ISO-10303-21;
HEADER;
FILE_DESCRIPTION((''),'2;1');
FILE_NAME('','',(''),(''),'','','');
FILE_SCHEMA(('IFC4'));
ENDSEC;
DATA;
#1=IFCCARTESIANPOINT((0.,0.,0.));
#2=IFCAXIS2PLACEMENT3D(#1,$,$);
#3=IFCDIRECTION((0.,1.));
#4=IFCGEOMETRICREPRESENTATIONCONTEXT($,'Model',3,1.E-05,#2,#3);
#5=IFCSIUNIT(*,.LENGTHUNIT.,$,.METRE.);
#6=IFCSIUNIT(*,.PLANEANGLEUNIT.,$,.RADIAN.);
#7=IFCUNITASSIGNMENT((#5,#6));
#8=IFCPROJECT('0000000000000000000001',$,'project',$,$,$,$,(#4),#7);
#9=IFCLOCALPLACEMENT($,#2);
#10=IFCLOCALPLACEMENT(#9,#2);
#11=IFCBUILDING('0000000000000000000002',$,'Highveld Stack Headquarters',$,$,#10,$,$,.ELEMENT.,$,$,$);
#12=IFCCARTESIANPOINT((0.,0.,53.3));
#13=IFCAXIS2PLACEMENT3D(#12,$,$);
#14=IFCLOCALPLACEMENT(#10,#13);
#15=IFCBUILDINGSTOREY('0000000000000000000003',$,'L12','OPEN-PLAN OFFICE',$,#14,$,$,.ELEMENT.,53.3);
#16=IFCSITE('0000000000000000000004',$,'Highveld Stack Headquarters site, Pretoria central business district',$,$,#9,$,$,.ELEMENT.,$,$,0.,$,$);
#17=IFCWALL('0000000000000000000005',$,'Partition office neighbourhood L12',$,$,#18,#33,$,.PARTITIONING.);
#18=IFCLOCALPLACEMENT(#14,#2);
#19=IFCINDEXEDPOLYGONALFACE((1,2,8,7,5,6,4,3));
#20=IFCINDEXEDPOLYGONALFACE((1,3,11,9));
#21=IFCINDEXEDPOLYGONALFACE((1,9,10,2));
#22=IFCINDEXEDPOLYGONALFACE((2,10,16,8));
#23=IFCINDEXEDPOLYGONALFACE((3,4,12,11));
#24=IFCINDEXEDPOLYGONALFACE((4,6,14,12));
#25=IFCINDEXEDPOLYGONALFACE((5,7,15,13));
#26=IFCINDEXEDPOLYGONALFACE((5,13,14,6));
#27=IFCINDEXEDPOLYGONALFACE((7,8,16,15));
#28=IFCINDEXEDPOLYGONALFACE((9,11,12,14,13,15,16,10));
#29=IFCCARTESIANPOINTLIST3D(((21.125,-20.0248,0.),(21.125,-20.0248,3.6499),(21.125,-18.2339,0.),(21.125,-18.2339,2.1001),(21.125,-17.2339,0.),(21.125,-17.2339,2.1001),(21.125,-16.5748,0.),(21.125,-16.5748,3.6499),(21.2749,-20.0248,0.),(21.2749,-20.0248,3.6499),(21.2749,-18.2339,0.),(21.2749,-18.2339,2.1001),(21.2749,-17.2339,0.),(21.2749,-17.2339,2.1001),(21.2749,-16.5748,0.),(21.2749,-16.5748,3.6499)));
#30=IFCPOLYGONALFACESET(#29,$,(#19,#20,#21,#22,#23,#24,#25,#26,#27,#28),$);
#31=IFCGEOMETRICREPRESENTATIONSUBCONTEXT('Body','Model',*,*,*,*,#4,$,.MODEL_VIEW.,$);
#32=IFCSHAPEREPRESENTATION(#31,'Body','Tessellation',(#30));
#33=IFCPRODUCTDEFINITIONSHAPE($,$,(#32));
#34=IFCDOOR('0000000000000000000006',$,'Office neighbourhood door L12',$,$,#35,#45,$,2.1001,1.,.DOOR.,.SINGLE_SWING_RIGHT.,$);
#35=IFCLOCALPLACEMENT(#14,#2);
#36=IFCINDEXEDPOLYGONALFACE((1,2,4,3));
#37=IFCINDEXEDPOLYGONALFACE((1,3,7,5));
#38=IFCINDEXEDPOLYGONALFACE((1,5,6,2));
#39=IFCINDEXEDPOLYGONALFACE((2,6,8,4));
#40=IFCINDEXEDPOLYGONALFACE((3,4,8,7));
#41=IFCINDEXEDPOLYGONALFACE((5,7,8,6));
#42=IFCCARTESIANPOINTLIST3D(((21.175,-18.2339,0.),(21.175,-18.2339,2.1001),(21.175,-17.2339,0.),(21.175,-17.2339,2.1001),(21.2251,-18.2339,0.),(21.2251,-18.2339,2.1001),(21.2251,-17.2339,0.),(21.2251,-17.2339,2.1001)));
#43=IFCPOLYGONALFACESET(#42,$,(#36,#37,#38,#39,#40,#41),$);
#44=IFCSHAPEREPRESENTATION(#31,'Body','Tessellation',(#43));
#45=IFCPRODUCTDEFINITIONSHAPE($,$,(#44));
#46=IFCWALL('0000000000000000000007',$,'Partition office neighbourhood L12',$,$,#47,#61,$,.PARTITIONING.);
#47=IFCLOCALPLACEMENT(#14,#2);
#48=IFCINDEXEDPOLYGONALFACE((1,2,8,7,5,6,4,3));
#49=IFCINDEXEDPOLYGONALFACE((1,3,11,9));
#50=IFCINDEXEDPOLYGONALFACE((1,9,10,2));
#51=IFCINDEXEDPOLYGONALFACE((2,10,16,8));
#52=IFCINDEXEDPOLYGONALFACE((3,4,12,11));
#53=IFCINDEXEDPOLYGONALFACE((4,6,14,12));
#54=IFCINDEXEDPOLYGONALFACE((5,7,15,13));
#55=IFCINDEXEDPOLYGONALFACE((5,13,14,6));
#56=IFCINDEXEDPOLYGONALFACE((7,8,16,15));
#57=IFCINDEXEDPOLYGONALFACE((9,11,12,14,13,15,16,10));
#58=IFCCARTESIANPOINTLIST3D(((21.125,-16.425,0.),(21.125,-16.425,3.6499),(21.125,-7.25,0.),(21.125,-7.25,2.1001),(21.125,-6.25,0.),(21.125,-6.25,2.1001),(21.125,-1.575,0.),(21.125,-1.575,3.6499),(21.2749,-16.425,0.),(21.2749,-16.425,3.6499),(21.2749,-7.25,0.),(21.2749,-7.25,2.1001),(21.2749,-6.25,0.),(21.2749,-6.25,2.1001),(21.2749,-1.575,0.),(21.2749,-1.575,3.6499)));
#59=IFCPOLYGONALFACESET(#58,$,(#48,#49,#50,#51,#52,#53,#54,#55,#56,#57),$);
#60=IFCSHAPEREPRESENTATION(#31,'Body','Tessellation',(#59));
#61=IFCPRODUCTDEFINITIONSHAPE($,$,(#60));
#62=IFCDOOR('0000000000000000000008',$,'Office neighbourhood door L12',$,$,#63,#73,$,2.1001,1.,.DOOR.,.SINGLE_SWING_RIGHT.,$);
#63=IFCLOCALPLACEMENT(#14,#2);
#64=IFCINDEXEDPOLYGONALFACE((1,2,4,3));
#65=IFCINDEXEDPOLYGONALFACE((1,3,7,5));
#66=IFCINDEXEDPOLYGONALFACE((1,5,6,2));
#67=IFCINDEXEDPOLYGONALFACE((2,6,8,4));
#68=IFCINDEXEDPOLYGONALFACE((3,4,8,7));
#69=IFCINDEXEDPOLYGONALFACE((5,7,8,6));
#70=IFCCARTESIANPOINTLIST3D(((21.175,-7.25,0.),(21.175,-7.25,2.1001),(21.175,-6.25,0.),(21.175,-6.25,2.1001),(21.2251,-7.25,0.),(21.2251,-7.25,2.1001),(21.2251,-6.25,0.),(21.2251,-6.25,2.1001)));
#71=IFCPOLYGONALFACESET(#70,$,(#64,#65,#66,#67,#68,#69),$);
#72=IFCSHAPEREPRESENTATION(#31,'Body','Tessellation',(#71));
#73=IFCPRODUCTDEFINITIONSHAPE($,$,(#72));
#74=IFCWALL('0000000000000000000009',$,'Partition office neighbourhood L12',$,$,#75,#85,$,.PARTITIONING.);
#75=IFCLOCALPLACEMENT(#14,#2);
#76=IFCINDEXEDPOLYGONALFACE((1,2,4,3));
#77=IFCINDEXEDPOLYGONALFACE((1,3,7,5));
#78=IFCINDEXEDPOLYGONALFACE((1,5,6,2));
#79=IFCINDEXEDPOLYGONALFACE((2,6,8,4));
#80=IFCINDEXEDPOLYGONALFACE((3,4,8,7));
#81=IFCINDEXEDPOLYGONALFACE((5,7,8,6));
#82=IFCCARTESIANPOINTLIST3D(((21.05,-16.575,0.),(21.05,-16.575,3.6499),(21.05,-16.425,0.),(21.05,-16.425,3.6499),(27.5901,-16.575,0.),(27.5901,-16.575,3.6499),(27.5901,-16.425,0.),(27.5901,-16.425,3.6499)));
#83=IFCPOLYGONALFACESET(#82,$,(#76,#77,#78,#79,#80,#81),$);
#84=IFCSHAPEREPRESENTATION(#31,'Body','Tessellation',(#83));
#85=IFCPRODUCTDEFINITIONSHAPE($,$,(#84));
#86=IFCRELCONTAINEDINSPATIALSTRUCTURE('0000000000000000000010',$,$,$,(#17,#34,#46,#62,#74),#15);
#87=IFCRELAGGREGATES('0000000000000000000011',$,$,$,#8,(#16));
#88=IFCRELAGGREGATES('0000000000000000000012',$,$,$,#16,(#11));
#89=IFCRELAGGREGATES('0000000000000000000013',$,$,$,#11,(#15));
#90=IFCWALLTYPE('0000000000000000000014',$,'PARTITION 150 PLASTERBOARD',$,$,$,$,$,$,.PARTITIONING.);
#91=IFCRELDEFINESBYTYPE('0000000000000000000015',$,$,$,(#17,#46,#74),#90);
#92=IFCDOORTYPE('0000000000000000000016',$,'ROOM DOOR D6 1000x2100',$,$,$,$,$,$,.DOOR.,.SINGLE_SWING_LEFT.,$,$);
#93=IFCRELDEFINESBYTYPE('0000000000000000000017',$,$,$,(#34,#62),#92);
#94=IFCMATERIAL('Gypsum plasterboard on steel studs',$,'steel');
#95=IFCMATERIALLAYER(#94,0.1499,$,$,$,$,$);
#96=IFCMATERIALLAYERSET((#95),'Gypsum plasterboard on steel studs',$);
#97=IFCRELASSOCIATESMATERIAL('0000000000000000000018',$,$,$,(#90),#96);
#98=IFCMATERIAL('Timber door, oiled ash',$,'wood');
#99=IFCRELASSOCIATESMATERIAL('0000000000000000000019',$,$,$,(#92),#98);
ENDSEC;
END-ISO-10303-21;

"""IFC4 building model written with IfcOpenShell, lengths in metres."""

from ifc_helpers import new_model, si_unit, direction, frame, frame_2d, origin, place, context, subcontext, project, spatial, rectangle, extrude, material, layer, layer_set, type_object, element, fill, save


model = new_model("IFC4")

# Units and contexts
model_context = context("Model", 3, precision=1e-05, world=origin(), true_north=direction((0.0, 1.0)))
body_context = subcontext(model_context, "Body", "Model", "MODEL_VIEW")
ifc_project = project(units=[si_unit("LENGTHUNIT", "METRE"), si_unit("PLANEANGLEUNIT", "RADIAN")], contexts=[model_context])

# Site, building, storey
site_placement = place(None, origin())
site = spatial("IfcSite", under=ifc_project, at=site_placement, Name="Highveld Stack Headquarters site, Pretoria central business district", CompositionType="ELEMENT", RefElevation=0.0)
building_placement = place(site_placement, origin())
building = spatial("IfcBuilding", under=site, at=building_placement, Name="Highveld Stack Headquarters", CompositionType="ELEMENT")
storey_placement = place(building_placement, frame((0.0, 0.0, 53.3)))
storey = spatial("IfcBuildingStorey", under=building, at=storey_placement, Name="L12", Description="OPEN-PLAN OFFICE", CompositionType="ELEMENT", Elevation=53.3)

# Shared definitions
ifc_material_1 = material(Name="Gypsum plasterboard on steel studs", Category="steel")
ifc_layer = layer(ifc_material_1, 0.1499)
ifc_layer_set = layer_set([ifc_layer], Name="Gypsum plasterboard on steel studs")
wall_type = type_object("IfcWallType", Name="PARTITION 150 PLASTERBOARD", PredefinedType="PARTITIONING", material=ifc_layer_set)
ifc_material_2 = material(Name="Timber door, oiled ash", Category="wood")
door_type = type_object("IfcDoorType", Name="ROOM DOOR D6 1000x2100", OperationType="SINGLE_SWING_LEFT", PredefinedType="DOOR", material=ifc_material_2)

# Walls, openings, doors
wall_1_placement = place(storey_placement, frame((21.2, -20.0249, 0.0), z_axis=(0.0, 0.0, 1.0), x_axis=(0.0, 1.0, 0.0)))
wall_1 = element("IfcWall", 1, at=wall_1_placement, inside=storey, type_object=wall_type, Name="Partition office neighbourhood L12", PredefinedType="PARTITIONING", context=body_context, shape_type="SweptSolid", body=[
    extrude(rectangle(XDim=3.45, YDim=0.1499, at=frame_2d((1.7251, 0.0))), origin(), (0.0, 0.0, 1.0), 3.6499),
])
opening_1_placement = place(wall_1_placement, frame((1.791, 0.0, 0.0)))
opening_1 = element("IfcOpeningElement", 2, at=opening_1_placement, cuts=wall_1, PredefinedType="OPENING", context=body_context, shape_type="SweptSolid", body=[
    extrude(rectangle(XDim=1.0, YDim=2.1001, at=frame_2d((0.5, 1.05))), frame((0.0, 0.085, 0.0), z_axis=(0.0, -1.0, 0.0), x_axis=(1.0, 0.0, 0.0)), (0.0, 0.0, 1.0), 0.1699),
])
door_1_placement = place(opening_1_placement, origin())
door_1 = element("IfcDoor", 3, at=door_1_placement, inside=storey, type_object=door_type, Name="Office neighbourhood door L12", OperationType="SINGLE_SWING_RIGHT", OverallHeight=2.1001, OverallWidth=1.0, PredefinedType="DOOR", context=body_context, shape_type="SweptSolid", body=[
    extrude(rectangle(XDim=1.0, YDim=2.1001, at=frame_2d((0.5, 1.05))), frame((0.0, 0.0249, 0.0), z_axis=(0.0, -1.0, 0.0), x_axis=(1.0, 0.0, 0.0)), (0.0, 0.0, 1.0), 0.05),
])
fill(opening_1, door_1)
wall_2_placement = place(storey_placement, frame((21.2, -16.425, 0.0), z_axis=(0.0, 0.0, 1.0), x_axis=(0.0, 1.0, 0.0)))
wall_2 = element("IfcWall", 4, at=wall_2_placement, inside=storey, type_object=wall_type, Name="Partition office neighbourhood L12", PredefinedType="PARTITIONING", context=body_context, shape_type="SweptSolid", body=[
    extrude(rectangle(XDim=14.8501, YDim=0.1499, at=frame_2d((7.425, 0.0))), origin(), (0.0, 0.0, 1.0), 3.6499),
])
opening_2_placement = place(wall_2_placement, frame((9.175, 0.0, 0.0)))
opening_2 = element("IfcOpeningElement", 5, at=opening_2_placement, cuts=wall_2, PredefinedType="OPENING", context=body_context, shape_type="SweptSolid", body=[
    extrude(rectangle(XDim=1.0, YDim=2.1001, at=frame_2d((0.5, 1.05))), frame((0.0, 0.085, 0.0), z_axis=(0.0, -1.0, 0.0), x_axis=(1.0, 0.0, 0.0)), (0.0, 0.0, 1.0), 0.1699),
])
door_2_placement = place(opening_2_placement, origin())
door_2 = element("IfcDoor", 6, at=door_2_placement, inside=storey, type_object=door_type, Name="Office neighbourhood door L12", OperationType="SINGLE_SWING_RIGHT", OverallHeight=2.1001, OverallWidth=1.0, PredefinedType="DOOR", context=body_context, shape_type="SweptSolid", body=[
    extrude(rectangle(XDim=1.0, YDim=2.1001, at=frame_2d((0.5, 1.05))), frame((0.0, 0.0249, 0.0), z_axis=(0.0, -1.0, 0.0), x_axis=(1.0, 0.0, 0.0)), (0.0, 0.0, 1.0), 0.05),
])
fill(opening_2, door_2)

# Wall
wall_3_placement = place(storey_placement, frame((21.05, -16.5, 0.0), z_axis=(0.0, 0.0, 1.0), x_axis=(1.0, 0.0, 0.0)))
element("IfcWall", 7, at=wall_3_placement, inside=storey, type_object=wall_type, Name="Partition office neighbourhood L12", PredefinedType="PARTITIONING", context=body_context, shape_type="SweptSolid", body=[
    extrude(rectangle(XDim=6.54, YDim=0.1499, at=frame_2d((3.27, 0.0))), origin(), (0.0, 0.0, 1.0), 3.6499),
])

save(model, "model.ifc")
